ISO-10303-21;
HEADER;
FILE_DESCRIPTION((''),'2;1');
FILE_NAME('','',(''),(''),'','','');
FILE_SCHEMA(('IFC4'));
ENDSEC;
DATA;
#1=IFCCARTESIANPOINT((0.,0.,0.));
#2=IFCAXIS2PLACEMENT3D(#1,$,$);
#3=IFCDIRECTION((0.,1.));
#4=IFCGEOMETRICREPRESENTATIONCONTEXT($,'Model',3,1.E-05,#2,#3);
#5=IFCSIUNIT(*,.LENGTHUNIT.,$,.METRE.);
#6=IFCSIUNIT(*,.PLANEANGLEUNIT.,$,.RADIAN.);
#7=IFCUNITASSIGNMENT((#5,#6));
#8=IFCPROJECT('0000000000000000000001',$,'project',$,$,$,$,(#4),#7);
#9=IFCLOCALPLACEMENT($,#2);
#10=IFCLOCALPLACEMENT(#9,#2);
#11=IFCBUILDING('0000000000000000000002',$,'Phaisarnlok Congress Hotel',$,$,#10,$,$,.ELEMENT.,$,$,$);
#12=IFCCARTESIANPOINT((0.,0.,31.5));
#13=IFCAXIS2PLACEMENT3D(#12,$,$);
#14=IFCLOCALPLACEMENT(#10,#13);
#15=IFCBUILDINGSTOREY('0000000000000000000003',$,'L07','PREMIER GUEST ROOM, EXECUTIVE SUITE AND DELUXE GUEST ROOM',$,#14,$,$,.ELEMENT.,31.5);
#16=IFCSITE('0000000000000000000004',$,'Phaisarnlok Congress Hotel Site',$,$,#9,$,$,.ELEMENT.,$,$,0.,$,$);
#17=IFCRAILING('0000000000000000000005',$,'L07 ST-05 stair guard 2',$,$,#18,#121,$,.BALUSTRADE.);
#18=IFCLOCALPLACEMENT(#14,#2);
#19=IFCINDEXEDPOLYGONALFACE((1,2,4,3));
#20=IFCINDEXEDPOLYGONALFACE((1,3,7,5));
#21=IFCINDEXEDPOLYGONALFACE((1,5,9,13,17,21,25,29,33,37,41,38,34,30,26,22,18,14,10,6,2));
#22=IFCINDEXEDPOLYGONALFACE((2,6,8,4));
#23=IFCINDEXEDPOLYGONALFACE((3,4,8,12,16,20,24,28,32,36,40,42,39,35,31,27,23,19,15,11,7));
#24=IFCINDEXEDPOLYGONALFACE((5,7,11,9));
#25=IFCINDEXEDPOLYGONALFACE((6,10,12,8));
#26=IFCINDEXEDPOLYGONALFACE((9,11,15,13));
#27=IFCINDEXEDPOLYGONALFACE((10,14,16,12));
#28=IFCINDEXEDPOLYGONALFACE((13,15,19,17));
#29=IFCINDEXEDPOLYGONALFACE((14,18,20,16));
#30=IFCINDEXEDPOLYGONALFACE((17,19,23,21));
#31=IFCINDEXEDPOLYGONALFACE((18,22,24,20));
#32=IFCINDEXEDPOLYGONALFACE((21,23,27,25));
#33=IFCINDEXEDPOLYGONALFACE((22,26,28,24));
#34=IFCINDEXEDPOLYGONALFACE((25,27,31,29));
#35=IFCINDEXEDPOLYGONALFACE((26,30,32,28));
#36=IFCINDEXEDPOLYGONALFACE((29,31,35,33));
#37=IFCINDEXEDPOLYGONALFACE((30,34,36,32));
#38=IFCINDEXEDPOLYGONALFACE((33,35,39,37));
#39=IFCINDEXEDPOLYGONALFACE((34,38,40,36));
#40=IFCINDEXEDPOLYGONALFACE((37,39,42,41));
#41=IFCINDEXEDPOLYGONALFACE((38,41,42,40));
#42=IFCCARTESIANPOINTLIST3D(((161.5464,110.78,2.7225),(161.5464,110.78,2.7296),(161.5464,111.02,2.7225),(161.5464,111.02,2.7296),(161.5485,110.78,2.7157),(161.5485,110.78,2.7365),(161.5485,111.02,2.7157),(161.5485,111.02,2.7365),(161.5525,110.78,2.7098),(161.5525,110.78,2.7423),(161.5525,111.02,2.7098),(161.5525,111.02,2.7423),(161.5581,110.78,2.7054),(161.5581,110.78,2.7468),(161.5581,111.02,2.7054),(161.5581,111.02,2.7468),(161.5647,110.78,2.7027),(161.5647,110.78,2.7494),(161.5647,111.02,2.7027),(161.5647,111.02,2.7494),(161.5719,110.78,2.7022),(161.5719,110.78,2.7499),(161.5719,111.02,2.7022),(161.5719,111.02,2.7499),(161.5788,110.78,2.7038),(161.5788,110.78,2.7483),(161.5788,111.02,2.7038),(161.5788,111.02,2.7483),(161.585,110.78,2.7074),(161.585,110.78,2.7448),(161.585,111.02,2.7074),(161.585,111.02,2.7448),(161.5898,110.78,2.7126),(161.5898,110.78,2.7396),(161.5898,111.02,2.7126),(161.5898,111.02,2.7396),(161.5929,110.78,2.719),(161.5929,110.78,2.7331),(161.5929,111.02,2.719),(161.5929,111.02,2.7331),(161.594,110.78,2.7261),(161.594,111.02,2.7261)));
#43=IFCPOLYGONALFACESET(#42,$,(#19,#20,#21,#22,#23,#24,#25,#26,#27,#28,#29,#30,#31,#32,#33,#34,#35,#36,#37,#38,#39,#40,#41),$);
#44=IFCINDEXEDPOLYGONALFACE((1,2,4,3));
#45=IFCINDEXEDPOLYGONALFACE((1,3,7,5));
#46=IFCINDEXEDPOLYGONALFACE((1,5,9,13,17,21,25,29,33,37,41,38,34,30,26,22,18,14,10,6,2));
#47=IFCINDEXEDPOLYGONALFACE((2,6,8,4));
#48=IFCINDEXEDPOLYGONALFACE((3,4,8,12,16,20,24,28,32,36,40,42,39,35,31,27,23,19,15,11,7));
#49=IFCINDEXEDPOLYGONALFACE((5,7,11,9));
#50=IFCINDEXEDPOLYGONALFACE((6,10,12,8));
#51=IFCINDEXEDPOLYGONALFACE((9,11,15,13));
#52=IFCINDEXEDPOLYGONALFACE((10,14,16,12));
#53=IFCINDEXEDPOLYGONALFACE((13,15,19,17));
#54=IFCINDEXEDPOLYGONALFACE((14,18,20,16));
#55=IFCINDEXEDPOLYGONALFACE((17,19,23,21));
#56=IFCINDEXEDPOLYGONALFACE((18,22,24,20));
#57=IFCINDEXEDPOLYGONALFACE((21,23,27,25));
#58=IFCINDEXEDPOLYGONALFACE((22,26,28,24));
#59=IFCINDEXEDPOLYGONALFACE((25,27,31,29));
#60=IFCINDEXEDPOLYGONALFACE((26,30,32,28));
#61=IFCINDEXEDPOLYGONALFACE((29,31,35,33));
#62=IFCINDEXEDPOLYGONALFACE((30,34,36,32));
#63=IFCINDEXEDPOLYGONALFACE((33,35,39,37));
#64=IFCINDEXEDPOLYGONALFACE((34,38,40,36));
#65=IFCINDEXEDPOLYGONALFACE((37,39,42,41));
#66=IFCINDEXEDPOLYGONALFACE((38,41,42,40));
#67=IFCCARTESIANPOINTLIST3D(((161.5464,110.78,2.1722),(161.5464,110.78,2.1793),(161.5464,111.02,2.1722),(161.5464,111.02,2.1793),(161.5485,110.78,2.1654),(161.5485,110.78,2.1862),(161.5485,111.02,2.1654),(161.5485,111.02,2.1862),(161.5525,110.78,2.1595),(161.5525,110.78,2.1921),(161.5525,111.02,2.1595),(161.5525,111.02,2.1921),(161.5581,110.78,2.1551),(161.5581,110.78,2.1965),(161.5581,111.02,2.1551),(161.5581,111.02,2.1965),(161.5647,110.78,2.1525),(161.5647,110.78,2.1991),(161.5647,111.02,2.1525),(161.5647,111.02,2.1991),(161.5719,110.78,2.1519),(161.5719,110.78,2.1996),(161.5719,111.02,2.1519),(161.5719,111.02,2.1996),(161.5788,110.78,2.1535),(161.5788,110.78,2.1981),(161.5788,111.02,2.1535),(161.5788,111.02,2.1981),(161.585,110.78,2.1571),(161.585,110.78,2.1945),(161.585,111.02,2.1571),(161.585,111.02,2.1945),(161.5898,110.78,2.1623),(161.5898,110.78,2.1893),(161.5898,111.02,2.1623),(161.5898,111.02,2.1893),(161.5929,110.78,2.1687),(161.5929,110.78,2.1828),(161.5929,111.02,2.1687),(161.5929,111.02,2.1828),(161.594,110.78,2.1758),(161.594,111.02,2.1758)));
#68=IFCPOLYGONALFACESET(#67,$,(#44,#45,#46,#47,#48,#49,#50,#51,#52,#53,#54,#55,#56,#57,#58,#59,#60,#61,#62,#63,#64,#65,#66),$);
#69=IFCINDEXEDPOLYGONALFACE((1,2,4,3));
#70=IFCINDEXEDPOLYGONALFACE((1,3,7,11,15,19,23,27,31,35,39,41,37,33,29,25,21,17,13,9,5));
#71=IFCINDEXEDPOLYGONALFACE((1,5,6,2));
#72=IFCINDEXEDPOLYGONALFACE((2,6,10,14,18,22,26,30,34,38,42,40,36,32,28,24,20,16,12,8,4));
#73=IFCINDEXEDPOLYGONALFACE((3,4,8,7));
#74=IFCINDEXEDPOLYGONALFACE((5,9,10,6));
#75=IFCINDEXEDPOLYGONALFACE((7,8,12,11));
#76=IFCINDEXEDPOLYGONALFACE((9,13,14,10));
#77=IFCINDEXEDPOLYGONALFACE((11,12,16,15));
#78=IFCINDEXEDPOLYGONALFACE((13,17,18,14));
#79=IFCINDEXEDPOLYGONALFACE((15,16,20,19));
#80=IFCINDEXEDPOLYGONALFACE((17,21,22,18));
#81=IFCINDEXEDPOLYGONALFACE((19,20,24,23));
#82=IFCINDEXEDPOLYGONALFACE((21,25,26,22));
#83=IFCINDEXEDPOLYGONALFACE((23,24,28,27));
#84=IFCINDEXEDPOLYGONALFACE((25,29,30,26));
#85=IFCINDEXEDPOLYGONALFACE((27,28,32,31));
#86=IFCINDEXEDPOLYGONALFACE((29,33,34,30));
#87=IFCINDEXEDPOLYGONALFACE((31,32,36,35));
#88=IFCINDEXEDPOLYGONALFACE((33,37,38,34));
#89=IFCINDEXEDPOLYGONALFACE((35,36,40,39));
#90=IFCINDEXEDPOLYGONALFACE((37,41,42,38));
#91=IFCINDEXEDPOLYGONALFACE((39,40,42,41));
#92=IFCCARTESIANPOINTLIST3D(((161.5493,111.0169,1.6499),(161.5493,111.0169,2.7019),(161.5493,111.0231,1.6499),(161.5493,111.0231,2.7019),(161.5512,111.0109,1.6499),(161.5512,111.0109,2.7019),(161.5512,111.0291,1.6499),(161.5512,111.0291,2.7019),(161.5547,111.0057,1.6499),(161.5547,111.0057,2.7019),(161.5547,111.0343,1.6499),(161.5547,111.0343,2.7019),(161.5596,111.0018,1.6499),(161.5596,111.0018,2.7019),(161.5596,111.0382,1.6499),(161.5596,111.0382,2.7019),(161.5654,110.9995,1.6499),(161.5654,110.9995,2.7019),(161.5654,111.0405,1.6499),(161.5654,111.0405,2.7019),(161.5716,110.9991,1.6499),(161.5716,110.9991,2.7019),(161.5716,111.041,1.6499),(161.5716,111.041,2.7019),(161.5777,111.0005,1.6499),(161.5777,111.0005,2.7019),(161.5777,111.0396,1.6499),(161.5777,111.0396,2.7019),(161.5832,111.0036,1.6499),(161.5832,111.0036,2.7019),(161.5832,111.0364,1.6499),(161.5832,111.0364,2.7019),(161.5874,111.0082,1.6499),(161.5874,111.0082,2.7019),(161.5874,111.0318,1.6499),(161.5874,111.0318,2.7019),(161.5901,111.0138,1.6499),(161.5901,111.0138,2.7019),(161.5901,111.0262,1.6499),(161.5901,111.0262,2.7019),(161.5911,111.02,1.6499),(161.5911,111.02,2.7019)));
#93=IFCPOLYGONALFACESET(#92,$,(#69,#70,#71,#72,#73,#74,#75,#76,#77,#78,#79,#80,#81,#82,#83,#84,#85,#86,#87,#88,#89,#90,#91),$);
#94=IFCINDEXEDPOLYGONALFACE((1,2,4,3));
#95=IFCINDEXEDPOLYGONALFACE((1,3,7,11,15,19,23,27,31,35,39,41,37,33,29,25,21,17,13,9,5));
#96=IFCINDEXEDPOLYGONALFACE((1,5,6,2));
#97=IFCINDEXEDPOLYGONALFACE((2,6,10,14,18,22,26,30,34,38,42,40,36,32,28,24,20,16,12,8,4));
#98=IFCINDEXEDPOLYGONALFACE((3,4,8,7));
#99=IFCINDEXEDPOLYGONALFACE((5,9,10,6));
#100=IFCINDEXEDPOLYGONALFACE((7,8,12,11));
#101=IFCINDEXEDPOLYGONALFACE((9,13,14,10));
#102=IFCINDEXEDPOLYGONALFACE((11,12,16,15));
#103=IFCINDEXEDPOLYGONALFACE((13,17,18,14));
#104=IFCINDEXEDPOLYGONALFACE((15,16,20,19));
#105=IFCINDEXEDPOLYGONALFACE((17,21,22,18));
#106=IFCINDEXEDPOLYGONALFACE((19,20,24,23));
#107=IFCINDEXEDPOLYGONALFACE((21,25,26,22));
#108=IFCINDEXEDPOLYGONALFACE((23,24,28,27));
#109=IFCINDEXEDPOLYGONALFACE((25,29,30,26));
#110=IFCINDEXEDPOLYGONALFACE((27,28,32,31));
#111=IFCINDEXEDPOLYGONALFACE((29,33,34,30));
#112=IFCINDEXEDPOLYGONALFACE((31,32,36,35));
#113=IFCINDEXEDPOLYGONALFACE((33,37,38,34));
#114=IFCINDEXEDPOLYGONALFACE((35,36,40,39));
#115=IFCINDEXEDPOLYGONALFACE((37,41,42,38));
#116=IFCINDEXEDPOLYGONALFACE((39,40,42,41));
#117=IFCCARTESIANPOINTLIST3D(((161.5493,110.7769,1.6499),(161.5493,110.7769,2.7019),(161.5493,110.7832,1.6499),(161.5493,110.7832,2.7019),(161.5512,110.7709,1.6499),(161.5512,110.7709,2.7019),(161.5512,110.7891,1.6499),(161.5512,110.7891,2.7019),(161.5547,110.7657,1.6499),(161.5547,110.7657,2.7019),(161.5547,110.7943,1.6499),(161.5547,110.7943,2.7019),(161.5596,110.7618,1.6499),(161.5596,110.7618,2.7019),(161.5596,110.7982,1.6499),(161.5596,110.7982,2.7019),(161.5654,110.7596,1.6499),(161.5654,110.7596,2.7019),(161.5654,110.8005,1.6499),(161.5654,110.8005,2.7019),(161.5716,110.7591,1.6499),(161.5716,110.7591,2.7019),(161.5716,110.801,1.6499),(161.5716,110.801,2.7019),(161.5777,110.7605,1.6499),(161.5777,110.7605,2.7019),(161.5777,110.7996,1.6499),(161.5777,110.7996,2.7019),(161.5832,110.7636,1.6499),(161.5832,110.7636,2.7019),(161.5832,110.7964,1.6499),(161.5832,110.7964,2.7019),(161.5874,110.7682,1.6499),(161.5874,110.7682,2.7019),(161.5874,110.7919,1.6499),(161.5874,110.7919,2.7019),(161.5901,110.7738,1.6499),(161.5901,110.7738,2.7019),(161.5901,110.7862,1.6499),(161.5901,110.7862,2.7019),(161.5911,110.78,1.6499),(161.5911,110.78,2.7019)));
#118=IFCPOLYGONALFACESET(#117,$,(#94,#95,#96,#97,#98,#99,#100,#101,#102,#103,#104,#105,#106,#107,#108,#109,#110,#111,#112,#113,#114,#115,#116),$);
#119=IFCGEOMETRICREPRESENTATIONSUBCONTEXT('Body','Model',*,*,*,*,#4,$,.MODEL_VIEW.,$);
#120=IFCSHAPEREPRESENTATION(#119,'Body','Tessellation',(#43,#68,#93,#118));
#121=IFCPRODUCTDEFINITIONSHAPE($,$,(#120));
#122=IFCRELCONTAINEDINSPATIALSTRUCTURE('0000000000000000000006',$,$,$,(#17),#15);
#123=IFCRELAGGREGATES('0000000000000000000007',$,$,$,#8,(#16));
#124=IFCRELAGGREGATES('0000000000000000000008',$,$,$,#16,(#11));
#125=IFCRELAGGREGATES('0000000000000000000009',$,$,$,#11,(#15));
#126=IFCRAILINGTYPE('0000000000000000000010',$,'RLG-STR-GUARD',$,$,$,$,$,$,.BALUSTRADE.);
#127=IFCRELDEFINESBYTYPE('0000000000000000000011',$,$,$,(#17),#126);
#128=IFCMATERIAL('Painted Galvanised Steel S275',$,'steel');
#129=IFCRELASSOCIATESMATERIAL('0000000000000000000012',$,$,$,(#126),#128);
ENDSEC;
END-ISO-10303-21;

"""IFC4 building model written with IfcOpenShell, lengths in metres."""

from ifc_helpers import new_model, si_unit, direction, frame, origin, origin_2d, place, context, subcontext, project, spatial, circle, extrude, material, type_object, element, save


model = new_model("IFC4")

# Units and contexts
model_context = context("Model", 3, precision=1e-05, world=origin(), true_north=direction((0.0, 1.0)))
body_context = subcontext(model_context, "Body", "Model", "MODEL_VIEW")
ifc_project = project(units=[si_unit("LENGTHUNIT", "METRE"), si_unit("PLANEANGLEUNIT", "RADIAN")], contexts=[model_context])

# Site, building, storey
site_placement = place(None, origin())
site = spatial("IfcSite", under=ifc_project, at=site_placement, Name="Phaisarnlok Congress Hotel Site", CompositionType="ELEMENT", RefElevation=0.0)
building_placement = place(site_placement, origin())
building = spatial("IfcBuilding", under=site, at=building_placement, Name="Phaisarnlok Congress Hotel", CompositionType="ELEMENT")
storey_placement = place(building_placement, frame((0.0, 0.0, 31.5)))
storey = spatial("IfcBuildingStorey", under=building, at=storey_placement, Name="L07", Description="PREMIER GUEST ROOM, EXECUTIVE SUITE AND DELUXE GUEST ROOM", CompositionType="ELEMENT", Elevation=31.5)

# Railing
ifc_material_1 = material(Name="Painted Galvanised Steel S275", Category="steel")
railing_type_1 = type_object("IfcRailingType", Name="RLG-STR-GUARD", PredefinedType="BALUSTRADE", material=ifc_material_1)
railing_1_placement = place(storey_placement, frame((161.5701, 111.02, 1.6499)))
element("IfcRailing", 1, at=railing_1_placement, inside=storey, type_object=railing_type_1, Name="L07 ST-05 stair guard 2", PredefinedType="BALUSTRADE", context=body_context, shape_type="SweptSolid", body=[
    extrude(circle(Radius=0.0239, at=origin_2d()), frame((0.0, 0.0, 1.0762), z_axis=(0.0, -1.0, 0.0), x_axis=(1.0, 0.0, 0.0)), (0.0, 0.0, 1.0), 0.24),
    extrude(circle(Radius=0.0239, at=origin_2d()), frame((0.0, 0.0, 0.5259), z_axis=(0.0, -1.0, 0.0), x_axis=(1.0, 0.0, 0.0)), (0.0, 0.0, 1.0), 0.24),
    extrude(circle(Radius=0.021, at=origin_2d()), origin(), (0.0, 0.0, 1.0), 1.052),
    extrude(circle(Radius=0.021, at=origin_2d()), frame((0.0, -0.24, 0.0)), (0.0, 0.0, 1.0), 1.052),
])

save(model, "model.ifc")
